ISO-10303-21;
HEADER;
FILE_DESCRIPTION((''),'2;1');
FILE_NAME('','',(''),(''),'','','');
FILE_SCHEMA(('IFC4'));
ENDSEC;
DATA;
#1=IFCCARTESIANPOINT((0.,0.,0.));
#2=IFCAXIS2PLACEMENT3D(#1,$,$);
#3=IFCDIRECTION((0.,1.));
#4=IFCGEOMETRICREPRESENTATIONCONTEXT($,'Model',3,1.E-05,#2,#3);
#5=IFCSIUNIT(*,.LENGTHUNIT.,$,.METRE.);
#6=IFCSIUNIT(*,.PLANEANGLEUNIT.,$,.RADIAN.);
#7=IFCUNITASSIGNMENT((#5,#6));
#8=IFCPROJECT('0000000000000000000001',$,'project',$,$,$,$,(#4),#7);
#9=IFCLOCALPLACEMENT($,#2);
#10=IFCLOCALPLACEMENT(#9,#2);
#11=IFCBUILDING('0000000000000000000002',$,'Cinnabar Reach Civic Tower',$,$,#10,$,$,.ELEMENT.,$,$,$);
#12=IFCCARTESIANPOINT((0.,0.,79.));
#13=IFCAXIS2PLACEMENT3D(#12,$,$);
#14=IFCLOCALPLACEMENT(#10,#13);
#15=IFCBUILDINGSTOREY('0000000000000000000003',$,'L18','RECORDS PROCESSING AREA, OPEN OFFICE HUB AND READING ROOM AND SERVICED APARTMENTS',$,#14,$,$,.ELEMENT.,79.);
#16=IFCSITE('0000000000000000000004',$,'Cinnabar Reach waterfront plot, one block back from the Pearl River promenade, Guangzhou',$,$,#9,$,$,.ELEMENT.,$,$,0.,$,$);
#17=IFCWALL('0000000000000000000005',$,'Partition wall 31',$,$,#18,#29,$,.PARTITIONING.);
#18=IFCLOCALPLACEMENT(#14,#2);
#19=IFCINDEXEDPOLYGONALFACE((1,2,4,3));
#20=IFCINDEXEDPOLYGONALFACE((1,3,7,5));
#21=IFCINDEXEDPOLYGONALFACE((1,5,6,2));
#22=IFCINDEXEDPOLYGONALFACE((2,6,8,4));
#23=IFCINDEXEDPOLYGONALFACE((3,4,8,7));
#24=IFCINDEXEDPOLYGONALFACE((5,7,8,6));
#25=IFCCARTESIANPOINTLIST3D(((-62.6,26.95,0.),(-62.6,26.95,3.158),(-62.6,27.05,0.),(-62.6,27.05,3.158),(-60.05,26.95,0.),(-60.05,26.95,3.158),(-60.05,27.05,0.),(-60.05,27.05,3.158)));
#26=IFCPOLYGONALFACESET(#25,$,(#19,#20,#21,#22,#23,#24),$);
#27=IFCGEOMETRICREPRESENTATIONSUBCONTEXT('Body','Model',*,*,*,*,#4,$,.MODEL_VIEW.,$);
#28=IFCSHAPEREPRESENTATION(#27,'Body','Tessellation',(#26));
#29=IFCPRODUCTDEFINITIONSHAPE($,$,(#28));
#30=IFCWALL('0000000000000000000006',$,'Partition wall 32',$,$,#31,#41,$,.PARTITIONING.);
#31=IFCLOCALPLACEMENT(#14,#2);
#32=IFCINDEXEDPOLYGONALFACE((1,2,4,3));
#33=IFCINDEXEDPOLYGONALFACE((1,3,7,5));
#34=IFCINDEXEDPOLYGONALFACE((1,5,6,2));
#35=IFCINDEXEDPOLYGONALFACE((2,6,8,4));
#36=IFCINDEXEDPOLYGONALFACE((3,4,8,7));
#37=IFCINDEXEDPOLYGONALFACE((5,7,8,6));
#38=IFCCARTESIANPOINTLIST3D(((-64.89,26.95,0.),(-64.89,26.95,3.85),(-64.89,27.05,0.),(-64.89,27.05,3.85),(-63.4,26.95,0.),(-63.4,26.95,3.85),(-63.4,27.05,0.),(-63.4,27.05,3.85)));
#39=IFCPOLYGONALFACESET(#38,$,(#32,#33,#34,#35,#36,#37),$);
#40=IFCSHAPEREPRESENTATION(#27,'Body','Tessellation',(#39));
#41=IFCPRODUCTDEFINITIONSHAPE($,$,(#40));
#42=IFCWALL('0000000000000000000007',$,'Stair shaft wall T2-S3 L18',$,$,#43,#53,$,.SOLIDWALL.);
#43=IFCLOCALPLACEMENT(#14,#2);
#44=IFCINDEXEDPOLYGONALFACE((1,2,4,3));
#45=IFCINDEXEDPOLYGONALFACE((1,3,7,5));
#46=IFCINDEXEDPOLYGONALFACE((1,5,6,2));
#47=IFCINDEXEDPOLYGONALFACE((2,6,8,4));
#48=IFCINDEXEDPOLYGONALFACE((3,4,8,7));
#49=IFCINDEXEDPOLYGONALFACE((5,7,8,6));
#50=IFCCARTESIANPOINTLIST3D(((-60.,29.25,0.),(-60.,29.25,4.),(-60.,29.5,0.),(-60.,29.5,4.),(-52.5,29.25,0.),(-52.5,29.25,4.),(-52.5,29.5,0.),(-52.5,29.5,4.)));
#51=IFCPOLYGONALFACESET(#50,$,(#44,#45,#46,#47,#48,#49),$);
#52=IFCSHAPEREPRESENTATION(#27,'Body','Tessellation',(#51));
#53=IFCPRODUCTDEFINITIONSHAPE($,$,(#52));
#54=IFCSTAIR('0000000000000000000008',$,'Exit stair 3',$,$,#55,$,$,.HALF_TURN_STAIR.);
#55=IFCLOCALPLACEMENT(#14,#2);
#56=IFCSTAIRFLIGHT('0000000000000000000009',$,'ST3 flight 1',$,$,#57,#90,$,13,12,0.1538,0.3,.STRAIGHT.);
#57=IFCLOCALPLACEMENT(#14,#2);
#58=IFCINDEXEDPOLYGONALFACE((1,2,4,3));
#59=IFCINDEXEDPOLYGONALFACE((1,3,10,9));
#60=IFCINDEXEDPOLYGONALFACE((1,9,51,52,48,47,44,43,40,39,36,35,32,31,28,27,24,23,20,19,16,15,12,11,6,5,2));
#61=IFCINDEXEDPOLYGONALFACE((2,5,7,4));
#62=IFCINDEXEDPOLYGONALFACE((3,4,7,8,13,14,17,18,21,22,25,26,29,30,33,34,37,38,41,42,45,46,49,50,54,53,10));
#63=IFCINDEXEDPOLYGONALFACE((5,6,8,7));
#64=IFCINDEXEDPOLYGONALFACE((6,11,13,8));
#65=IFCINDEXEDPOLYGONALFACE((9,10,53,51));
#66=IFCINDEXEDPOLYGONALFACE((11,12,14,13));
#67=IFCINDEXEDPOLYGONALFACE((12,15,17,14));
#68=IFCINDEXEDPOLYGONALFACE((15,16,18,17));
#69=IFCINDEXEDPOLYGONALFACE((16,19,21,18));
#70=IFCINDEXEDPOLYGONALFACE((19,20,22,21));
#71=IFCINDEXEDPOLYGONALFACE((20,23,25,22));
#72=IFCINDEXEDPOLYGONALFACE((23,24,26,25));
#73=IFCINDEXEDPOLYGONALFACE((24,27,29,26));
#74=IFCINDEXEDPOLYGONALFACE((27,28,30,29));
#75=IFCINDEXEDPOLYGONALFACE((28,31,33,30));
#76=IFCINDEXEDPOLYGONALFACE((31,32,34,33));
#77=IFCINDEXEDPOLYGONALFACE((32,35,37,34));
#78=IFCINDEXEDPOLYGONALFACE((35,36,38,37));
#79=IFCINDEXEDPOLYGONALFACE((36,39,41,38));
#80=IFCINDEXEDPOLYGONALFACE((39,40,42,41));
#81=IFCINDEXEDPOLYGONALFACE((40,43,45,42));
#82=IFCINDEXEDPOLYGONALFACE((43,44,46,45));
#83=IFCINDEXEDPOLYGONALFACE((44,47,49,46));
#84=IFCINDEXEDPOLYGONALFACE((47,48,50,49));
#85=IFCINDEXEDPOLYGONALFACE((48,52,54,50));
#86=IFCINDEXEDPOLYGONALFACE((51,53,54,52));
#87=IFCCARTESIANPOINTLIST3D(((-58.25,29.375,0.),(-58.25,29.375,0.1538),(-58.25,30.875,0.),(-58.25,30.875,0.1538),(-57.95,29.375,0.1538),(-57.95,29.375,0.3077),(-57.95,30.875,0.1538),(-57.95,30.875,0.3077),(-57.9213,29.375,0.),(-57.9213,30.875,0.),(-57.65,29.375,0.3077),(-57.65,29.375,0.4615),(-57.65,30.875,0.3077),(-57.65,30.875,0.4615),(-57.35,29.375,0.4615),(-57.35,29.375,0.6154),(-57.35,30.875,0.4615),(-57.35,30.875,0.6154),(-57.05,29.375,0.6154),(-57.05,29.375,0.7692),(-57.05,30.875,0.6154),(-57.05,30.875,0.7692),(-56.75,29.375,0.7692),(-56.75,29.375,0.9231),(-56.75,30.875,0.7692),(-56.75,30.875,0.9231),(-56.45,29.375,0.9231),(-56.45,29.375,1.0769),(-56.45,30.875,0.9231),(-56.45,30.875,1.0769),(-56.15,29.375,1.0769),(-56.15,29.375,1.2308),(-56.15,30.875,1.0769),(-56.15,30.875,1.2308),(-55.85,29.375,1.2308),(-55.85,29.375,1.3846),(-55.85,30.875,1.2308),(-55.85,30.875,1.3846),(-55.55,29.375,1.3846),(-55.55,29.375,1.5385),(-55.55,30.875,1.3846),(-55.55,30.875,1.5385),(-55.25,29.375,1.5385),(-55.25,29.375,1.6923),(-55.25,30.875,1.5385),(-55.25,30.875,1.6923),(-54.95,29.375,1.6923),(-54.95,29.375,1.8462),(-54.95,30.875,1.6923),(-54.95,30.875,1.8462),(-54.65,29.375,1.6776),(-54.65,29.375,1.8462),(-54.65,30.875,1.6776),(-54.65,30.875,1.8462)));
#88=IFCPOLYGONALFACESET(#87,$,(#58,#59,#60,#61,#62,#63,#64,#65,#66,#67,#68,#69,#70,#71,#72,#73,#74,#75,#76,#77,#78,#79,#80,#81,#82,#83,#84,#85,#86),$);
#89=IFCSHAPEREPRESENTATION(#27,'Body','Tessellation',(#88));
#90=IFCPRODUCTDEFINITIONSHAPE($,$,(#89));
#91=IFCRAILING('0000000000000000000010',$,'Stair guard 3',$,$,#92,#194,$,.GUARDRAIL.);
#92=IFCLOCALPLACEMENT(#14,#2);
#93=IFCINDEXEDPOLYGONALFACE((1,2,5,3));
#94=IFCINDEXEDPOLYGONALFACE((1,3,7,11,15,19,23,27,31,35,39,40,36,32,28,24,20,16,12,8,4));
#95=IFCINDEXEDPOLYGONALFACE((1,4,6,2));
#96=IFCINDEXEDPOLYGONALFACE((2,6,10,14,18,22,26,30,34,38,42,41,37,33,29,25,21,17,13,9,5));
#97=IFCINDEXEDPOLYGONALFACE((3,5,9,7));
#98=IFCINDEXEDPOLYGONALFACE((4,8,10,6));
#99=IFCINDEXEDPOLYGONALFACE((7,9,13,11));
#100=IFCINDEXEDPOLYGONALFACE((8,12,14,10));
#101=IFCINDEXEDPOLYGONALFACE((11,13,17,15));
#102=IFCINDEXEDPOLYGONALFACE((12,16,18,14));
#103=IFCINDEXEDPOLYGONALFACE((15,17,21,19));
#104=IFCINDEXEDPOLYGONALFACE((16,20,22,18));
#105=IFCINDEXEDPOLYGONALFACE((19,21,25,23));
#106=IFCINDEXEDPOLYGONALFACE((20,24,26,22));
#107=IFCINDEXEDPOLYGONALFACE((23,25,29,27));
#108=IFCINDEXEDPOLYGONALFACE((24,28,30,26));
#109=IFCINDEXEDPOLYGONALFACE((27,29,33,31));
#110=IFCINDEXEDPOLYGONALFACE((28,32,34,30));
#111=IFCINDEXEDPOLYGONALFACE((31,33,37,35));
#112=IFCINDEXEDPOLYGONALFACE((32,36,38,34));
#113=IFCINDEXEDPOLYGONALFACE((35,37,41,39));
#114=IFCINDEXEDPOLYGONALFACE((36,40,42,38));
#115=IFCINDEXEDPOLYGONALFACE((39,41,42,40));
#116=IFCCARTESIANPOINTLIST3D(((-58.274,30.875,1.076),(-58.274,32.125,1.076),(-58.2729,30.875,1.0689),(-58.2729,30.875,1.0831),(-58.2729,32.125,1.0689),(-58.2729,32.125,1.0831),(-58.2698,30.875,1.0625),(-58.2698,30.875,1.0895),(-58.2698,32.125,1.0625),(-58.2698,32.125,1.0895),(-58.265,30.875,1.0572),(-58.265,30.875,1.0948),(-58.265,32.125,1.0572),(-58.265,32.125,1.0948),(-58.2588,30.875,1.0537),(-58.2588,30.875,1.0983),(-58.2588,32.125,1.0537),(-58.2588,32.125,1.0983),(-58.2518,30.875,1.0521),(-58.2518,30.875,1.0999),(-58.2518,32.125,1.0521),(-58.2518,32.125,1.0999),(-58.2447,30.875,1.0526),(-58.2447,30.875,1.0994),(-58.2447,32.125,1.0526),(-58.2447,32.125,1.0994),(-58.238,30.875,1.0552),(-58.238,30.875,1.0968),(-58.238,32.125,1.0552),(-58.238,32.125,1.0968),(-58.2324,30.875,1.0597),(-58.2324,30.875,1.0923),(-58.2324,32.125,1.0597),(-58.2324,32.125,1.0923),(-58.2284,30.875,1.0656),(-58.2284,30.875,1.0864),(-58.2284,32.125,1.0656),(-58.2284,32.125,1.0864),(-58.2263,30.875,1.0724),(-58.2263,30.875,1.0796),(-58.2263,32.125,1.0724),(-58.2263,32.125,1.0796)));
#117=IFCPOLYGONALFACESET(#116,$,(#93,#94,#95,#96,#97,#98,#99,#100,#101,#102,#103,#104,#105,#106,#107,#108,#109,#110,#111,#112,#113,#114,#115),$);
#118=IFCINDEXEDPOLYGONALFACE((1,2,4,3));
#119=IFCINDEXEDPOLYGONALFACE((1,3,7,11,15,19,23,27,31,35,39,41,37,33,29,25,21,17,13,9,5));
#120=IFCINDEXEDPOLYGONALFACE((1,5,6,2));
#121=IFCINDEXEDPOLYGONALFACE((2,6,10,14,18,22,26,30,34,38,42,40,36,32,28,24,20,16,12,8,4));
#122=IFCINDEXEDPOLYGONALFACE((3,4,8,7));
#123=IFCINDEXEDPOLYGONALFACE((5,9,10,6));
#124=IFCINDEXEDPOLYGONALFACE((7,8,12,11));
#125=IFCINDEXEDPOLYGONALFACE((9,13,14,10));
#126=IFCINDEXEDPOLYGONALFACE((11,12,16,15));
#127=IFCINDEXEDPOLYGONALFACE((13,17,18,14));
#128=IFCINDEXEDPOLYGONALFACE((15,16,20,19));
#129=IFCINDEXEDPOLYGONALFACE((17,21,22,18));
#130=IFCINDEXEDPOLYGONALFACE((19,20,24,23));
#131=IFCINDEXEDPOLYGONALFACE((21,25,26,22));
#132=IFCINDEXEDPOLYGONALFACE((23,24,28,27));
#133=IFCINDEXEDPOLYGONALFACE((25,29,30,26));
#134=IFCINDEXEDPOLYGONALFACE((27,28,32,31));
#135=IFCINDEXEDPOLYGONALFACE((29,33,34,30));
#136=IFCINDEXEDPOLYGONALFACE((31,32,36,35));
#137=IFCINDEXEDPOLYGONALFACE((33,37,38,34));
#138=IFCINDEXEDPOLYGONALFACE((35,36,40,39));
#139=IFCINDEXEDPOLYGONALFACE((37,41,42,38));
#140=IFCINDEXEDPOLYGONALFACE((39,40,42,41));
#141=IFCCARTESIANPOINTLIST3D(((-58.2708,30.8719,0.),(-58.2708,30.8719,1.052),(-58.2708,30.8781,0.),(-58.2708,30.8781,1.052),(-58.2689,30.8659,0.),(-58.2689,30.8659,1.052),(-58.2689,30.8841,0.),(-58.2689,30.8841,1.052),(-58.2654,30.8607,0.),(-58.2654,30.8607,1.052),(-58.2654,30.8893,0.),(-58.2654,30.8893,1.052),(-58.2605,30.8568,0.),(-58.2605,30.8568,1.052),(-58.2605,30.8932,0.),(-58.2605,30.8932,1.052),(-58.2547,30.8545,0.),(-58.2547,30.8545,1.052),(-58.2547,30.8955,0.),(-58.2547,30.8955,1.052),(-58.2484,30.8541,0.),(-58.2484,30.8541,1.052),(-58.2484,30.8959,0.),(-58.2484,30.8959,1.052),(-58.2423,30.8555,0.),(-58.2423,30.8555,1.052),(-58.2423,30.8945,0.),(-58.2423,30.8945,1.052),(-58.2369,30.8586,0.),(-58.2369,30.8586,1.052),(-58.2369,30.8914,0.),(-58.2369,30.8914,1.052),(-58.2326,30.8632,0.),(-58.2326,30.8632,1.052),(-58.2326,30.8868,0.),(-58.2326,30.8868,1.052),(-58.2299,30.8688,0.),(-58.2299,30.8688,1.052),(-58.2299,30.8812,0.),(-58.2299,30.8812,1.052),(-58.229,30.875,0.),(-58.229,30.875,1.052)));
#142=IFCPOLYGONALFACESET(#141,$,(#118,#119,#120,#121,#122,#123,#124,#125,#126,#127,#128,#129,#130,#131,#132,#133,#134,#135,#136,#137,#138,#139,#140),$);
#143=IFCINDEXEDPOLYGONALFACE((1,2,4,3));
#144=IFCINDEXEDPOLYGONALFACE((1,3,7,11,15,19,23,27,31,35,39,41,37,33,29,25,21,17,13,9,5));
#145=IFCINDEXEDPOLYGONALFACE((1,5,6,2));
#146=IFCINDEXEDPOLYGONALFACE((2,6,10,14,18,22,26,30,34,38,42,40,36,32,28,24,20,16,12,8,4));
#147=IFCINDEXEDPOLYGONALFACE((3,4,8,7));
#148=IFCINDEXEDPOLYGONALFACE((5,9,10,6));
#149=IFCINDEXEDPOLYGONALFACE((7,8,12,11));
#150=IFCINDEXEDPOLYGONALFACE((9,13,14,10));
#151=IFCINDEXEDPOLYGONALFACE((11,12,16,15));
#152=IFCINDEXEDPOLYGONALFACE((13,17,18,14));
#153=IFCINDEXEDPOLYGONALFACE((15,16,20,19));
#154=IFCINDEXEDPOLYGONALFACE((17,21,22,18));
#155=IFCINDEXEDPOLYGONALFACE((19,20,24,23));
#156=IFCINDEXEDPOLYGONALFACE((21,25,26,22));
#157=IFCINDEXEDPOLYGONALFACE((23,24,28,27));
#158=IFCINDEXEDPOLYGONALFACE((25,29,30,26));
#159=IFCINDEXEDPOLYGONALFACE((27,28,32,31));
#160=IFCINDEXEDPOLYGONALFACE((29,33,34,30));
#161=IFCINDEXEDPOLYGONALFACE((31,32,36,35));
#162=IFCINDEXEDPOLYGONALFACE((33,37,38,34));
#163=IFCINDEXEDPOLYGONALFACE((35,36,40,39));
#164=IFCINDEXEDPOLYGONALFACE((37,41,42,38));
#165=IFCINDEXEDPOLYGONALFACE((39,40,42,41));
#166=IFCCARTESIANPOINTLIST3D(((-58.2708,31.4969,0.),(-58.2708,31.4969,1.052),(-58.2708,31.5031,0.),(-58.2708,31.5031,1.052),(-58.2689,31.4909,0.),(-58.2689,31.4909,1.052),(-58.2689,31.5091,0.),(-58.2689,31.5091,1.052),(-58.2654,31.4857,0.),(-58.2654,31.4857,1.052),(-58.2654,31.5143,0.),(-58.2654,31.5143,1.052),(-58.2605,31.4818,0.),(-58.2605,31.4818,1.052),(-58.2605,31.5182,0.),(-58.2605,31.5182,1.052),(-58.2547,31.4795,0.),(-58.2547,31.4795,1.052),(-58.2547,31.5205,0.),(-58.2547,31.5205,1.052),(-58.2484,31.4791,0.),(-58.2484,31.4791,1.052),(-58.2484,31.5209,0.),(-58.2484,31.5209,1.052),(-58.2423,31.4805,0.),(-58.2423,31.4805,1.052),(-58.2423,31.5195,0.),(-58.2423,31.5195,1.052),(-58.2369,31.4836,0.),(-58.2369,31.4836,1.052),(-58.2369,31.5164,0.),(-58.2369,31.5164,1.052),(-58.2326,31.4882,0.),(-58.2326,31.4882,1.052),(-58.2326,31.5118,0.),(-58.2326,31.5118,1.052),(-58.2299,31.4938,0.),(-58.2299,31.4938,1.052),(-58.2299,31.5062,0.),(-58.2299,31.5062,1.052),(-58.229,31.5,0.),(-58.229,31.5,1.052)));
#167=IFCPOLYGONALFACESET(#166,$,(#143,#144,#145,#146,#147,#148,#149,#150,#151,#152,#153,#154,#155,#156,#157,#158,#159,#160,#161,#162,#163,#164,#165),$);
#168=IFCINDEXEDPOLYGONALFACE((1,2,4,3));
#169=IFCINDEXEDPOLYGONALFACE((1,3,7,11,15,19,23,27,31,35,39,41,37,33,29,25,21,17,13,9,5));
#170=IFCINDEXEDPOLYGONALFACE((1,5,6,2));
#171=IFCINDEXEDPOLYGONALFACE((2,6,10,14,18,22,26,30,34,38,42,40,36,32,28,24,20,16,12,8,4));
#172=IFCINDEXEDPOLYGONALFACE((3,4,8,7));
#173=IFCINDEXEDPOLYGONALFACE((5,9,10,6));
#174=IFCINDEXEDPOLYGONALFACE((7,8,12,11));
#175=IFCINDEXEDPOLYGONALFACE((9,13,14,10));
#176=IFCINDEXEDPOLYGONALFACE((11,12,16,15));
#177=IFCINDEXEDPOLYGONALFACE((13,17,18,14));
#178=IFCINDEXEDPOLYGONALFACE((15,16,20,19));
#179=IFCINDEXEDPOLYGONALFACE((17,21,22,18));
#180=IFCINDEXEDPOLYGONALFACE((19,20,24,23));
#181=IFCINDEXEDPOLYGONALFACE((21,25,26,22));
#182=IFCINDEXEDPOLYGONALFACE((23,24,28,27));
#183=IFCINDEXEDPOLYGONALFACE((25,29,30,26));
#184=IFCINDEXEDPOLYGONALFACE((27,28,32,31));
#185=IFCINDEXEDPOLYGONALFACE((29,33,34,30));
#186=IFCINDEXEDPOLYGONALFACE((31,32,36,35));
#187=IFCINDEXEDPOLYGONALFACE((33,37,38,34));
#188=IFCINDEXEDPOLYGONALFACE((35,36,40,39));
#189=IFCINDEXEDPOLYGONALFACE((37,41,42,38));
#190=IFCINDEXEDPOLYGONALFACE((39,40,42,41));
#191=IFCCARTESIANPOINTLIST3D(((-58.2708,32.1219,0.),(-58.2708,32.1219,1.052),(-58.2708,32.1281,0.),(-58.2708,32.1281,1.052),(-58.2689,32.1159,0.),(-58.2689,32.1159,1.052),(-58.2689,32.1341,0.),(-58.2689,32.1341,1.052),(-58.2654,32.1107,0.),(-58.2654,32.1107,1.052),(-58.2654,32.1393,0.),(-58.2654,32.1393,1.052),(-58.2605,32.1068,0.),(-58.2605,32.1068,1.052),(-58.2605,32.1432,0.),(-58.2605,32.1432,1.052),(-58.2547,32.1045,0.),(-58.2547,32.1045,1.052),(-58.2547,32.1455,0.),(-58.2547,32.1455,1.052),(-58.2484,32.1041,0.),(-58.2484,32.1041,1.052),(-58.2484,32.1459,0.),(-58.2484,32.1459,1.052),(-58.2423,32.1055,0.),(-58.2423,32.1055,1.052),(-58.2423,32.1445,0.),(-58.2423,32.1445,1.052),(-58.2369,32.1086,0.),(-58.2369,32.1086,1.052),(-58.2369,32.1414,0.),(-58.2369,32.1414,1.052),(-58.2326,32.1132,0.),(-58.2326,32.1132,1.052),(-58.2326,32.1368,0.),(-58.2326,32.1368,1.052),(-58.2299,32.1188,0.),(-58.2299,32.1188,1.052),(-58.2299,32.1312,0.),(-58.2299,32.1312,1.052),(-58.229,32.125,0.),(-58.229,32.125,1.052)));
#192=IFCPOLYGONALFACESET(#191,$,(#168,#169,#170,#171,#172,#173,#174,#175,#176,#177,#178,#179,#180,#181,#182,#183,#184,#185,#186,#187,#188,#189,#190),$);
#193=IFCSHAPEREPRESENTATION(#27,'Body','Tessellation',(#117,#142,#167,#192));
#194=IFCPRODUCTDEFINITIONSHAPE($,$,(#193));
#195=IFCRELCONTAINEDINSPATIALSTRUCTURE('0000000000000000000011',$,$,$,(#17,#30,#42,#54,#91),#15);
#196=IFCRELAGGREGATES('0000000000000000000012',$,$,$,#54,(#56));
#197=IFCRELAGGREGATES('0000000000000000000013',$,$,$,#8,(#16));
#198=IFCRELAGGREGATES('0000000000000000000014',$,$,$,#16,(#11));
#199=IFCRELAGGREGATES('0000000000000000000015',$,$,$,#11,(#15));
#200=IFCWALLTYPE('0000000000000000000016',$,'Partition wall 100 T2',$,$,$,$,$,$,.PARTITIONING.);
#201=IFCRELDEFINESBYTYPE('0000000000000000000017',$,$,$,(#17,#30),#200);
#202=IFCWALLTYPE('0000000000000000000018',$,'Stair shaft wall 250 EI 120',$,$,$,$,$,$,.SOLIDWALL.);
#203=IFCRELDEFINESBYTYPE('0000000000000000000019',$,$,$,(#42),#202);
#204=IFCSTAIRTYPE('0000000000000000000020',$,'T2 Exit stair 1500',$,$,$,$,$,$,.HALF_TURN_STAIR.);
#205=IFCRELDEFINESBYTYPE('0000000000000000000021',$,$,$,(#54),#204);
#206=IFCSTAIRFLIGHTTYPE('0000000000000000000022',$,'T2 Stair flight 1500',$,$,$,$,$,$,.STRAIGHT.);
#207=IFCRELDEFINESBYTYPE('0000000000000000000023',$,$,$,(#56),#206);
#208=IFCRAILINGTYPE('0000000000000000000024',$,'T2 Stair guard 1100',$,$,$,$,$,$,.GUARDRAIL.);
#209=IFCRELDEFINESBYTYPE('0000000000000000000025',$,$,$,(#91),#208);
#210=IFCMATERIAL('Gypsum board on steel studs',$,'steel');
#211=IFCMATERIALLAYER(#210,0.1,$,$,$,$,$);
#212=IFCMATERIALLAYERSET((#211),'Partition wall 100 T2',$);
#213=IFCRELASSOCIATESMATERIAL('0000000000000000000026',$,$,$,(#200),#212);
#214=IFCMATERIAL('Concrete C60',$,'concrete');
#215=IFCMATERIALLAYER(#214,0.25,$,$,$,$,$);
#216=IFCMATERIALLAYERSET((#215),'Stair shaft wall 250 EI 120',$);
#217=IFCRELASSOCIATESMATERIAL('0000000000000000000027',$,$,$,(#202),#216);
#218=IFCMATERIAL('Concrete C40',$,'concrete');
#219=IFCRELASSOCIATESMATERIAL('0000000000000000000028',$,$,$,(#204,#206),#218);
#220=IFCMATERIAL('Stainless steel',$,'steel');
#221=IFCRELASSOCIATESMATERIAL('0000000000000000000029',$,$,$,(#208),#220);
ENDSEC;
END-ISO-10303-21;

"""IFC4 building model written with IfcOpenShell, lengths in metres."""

from ifc_helpers import new_model, si_unit, direction, frame, frame_2d, origin, origin_2d, place, context, subcontext, project, spatial, polyline, rectangle, circle, outline, extrude, material, layer, layer_set, type_object, element, aggregate, save


model = new_model("IFC4")

# Units and contexts
model_context = context("Model", 3, precision=1e-05, world=origin(), true_north=direction((0.0, 1.0)))
body_context = subcontext(model_context, "Body", "Model", "MODEL_VIEW")
ifc_project = project(units=[si_unit("LENGTHUNIT", "METRE"), si_unit("PLANEANGLEUNIT", "RADIAN")], contexts=[model_context])

# Site, building, storey
site_placement = place(None, origin())
site = spatial("IfcSite", under=ifc_project, at=site_placement, Name="Cinnabar Reach waterfront plot, one block back from the Pearl River promenade, Guangzhou", CompositionType="ELEMENT", RefElevation=0.0)
building_placement = place(site_placement, origin())
building = spatial("IfcBuilding", under=site, at=building_placement, Name="Cinnabar Reach Civic Tower", CompositionType="ELEMENT")
storey_placement = place(building_placement, frame((0.0, 0.0, 79.0)))
storey = spatial("IfcBuildingStorey", under=building, at=storey_placement, Name="L18", Description="RECORDS PROCESSING AREA, OPEN OFFICE HUB AND READING ROOM AND SERVICED APARTMENTS", CompositionType="ELEMENT", Elevation=79.0)

# Shared definitions
ifc_material_1 = material(Name="Concrete C60", Category="concrete")

# Walls
ifc_material_2 = material(Name="Gypsum board on steel studs", Category="steel")
ifc_layer_1 = layer(ifc_material_2, 0.1)
ifc_layer_set_1 = layer_set([ifc_layer_1], Name="Partition wall 100 T2")
wall_type_1 = type_object("IfcWallType", Name="Partition wall 100 T2", PredefinedType="PARTITIONING", material=ifc_layer_set_1)
wall_1_placement = place(storey_placement, frame((-62.6, 27.0, 0.0), z_axis=(0.0, 0.0, 1.0), x_axis=(1.0, 0.0, 0.0)))
element("IfcWall", 1, at=wall_1_placement, inside=storey, type_object=wall_type_1, Name="Partition wall 31", PredefinedType="PARTITIONING", context=body_context, shape_type="SweptSolid", body=[
    extrude(rectangle(XDim=2.55, YDim=0.1, at=frame_2d((1.275, 0.0))), origin(), (0.0, 0.0, 1.0), 3.158),
])
wall_2_placement = place(storey_placement, frame((-64.89, 27.0, 0.0), z_axis=(0.0, 0.0, 1.0), x_axis=(1.0, 0.0, 0.0)))
element("IfcWall", 2, at=wall_2_placement, inside=storey, type_object=wall_type_1, Name="Partition wall 32", PredefinedType="PARTITIONING", context=body_context, shape_type="SweptSolid", body=[
    extrude(rectangle(XDim=1.49, YDim=0.1, at=frame_2d((0.745, 0.0))), origin(), (0.0, 0.0, 1.0), 3.85),
])
ifc_layer_2 = layer(ifc_material_1, 0.25)
ifc_layer_set_2 = layer_set([ifc_layer_2], Name="Stair shaft wall 250 EI 120")
wall_type_2 = type_object("IfcWallType", Name="Stair shaft wall 250 EI 120", PredefinedType="SOLIDWALL", material=ifc_layer_set_2)
wall_3_placement = place(storey_placement, frame((-60.0, 29.375, 0.0), z_axis=(0.0, 0.0, 1.0), x_axis=(1.0, 0.0, 0.0)))
element("IfcWall", 3, at=wall_3_placement, inside=storey, type_object=wall_type_2, Name="Stair shaft wall T2-S3 L18", PredefinedType="SOLIDWALL", context=body_context, shape_type="SweptSolid", body=[
    extrude(rectangle(XDim=7.5, YDim=0.25, at=frame_2d((3.75, 0.0))), origin(), (0.0, 0.0, 1.0), 4.0),
])

# Stair, stair flight
ifc_material_3 = material(Name="Concrete C40", Category="concrete")
stair_type = type_object("IfcStairType", Name="T2 Exit stair 1500", PredefinedType="HALF_TURN_STAIR", material=ifc_material_3)
stair_placement = place(storey_placement, origin())
stair = element("IfcStair", 4, at=stair_placement, inside=storey, type_object=stair_type, Name="Exit stair 3", PredefinedType="HALF_TURN_STAIR")
stair_flight_type = type_object("IfcStairFlightType", Name="T2 Stair flight 1500", PredefinedType="STRAIGHT", material=ifc_material_3)
stair_flight_placement = place(storey_placement, frame((-58.25, 30.125, 0.0), z_axis=(0.0, 0.0, 1.0), x_axis=(1.0, 0.0, 0.0)))
stair_flight = element("IfcStairFlight", 5, at=stair_flight_placement, type_object=stair_flight_type, Name="ST3 flight 1", NumberOfRisers=13, NumberOfTreads=12, PredefinedType="STRAIGHT", RiserHeight=0.1538, TreadLength=0.3, context=body_context, shape_type="SweptSolid", body=[
    extrude(outline(polyline([(0.0, 0.0), (0.0, 0.1538), (0.3, 0.1538), (0.3, 0.3077), (0.6, 0.3077), (0.6, 0.4615), (0.9, 0.4615), (0.9, 0.6154), (1.2, 0.6154), (1.2, 0.7692), (1.5, 0.7692), (1.5, 0.9231), (1.8, 0.9231), (1.8, 1.0769), (2.1, 1.0769), (2.1, 1.2308), (2.4, 1.2308), (2.4, 1.3846), (2.7, 1.3846), (2.7, 1.5385), (3.0, 1.5385), (3.0, 1.6923), (3.3, 1.6923), (3.3, 1.8462), (3.6, 1.8462), (3.6, 2.0), (3.6, 1.6776), (0.3287, 0.0), (0.0, 0.0)])), frame((0.0, 0.75, 0.0), z_axis=(0.0, -1.0, 0.0), x_axis=(1.0, 0.0, 0.0)), (0.0, 0.0, 1.0), 1.5),
])
aggregate(stair, [stair_flight])

# Railing
ifc_material_4 = material(Name="Stainless steel", Category="steel")
railing_type = type_object("IfcRailingType", Name="T2 Stair guard 1100", PredefinedType="GUARDRAIL", material=ifc_material_4)
railing_placement = place(storey_placement, frame((-58.25, 30.875, 0.0)))
element("IfcRailing", 6, at=railing_placement, inside=storey, type_object=railing_type, Name="Stair guard 3", PredefinedType="GUARDRAIL", context=body_context, shape_type="SweptSolid", body=[
    extrude(circle(Radius=0.024, at=origin_2d()), frame((0.0, 0.0, 1.076), z_axis=(0.0, 1.0, 0.0), x_axis=(-1.0, 0.0, 0.0)), (0.0, 0.0, 1.0), 1.25),
    extrude(circle(Radius=0.021, at=origin_2d()), origin(), (0.0, 0.0, 1.0), 1.052),
    extrude(circle(Radius=0.021, at=origin_2d()), frame((0.0, 0.625, 0.0)), (0.0, 0.0, 1.0), 1.052),
    extrude(circle(Radius=0.021, at=origin_2d()), frame((0.0, 1.25, 0.0)), (0.0, 0.0, 1.0), 1.052),
])

save(model, "model.ifc")
